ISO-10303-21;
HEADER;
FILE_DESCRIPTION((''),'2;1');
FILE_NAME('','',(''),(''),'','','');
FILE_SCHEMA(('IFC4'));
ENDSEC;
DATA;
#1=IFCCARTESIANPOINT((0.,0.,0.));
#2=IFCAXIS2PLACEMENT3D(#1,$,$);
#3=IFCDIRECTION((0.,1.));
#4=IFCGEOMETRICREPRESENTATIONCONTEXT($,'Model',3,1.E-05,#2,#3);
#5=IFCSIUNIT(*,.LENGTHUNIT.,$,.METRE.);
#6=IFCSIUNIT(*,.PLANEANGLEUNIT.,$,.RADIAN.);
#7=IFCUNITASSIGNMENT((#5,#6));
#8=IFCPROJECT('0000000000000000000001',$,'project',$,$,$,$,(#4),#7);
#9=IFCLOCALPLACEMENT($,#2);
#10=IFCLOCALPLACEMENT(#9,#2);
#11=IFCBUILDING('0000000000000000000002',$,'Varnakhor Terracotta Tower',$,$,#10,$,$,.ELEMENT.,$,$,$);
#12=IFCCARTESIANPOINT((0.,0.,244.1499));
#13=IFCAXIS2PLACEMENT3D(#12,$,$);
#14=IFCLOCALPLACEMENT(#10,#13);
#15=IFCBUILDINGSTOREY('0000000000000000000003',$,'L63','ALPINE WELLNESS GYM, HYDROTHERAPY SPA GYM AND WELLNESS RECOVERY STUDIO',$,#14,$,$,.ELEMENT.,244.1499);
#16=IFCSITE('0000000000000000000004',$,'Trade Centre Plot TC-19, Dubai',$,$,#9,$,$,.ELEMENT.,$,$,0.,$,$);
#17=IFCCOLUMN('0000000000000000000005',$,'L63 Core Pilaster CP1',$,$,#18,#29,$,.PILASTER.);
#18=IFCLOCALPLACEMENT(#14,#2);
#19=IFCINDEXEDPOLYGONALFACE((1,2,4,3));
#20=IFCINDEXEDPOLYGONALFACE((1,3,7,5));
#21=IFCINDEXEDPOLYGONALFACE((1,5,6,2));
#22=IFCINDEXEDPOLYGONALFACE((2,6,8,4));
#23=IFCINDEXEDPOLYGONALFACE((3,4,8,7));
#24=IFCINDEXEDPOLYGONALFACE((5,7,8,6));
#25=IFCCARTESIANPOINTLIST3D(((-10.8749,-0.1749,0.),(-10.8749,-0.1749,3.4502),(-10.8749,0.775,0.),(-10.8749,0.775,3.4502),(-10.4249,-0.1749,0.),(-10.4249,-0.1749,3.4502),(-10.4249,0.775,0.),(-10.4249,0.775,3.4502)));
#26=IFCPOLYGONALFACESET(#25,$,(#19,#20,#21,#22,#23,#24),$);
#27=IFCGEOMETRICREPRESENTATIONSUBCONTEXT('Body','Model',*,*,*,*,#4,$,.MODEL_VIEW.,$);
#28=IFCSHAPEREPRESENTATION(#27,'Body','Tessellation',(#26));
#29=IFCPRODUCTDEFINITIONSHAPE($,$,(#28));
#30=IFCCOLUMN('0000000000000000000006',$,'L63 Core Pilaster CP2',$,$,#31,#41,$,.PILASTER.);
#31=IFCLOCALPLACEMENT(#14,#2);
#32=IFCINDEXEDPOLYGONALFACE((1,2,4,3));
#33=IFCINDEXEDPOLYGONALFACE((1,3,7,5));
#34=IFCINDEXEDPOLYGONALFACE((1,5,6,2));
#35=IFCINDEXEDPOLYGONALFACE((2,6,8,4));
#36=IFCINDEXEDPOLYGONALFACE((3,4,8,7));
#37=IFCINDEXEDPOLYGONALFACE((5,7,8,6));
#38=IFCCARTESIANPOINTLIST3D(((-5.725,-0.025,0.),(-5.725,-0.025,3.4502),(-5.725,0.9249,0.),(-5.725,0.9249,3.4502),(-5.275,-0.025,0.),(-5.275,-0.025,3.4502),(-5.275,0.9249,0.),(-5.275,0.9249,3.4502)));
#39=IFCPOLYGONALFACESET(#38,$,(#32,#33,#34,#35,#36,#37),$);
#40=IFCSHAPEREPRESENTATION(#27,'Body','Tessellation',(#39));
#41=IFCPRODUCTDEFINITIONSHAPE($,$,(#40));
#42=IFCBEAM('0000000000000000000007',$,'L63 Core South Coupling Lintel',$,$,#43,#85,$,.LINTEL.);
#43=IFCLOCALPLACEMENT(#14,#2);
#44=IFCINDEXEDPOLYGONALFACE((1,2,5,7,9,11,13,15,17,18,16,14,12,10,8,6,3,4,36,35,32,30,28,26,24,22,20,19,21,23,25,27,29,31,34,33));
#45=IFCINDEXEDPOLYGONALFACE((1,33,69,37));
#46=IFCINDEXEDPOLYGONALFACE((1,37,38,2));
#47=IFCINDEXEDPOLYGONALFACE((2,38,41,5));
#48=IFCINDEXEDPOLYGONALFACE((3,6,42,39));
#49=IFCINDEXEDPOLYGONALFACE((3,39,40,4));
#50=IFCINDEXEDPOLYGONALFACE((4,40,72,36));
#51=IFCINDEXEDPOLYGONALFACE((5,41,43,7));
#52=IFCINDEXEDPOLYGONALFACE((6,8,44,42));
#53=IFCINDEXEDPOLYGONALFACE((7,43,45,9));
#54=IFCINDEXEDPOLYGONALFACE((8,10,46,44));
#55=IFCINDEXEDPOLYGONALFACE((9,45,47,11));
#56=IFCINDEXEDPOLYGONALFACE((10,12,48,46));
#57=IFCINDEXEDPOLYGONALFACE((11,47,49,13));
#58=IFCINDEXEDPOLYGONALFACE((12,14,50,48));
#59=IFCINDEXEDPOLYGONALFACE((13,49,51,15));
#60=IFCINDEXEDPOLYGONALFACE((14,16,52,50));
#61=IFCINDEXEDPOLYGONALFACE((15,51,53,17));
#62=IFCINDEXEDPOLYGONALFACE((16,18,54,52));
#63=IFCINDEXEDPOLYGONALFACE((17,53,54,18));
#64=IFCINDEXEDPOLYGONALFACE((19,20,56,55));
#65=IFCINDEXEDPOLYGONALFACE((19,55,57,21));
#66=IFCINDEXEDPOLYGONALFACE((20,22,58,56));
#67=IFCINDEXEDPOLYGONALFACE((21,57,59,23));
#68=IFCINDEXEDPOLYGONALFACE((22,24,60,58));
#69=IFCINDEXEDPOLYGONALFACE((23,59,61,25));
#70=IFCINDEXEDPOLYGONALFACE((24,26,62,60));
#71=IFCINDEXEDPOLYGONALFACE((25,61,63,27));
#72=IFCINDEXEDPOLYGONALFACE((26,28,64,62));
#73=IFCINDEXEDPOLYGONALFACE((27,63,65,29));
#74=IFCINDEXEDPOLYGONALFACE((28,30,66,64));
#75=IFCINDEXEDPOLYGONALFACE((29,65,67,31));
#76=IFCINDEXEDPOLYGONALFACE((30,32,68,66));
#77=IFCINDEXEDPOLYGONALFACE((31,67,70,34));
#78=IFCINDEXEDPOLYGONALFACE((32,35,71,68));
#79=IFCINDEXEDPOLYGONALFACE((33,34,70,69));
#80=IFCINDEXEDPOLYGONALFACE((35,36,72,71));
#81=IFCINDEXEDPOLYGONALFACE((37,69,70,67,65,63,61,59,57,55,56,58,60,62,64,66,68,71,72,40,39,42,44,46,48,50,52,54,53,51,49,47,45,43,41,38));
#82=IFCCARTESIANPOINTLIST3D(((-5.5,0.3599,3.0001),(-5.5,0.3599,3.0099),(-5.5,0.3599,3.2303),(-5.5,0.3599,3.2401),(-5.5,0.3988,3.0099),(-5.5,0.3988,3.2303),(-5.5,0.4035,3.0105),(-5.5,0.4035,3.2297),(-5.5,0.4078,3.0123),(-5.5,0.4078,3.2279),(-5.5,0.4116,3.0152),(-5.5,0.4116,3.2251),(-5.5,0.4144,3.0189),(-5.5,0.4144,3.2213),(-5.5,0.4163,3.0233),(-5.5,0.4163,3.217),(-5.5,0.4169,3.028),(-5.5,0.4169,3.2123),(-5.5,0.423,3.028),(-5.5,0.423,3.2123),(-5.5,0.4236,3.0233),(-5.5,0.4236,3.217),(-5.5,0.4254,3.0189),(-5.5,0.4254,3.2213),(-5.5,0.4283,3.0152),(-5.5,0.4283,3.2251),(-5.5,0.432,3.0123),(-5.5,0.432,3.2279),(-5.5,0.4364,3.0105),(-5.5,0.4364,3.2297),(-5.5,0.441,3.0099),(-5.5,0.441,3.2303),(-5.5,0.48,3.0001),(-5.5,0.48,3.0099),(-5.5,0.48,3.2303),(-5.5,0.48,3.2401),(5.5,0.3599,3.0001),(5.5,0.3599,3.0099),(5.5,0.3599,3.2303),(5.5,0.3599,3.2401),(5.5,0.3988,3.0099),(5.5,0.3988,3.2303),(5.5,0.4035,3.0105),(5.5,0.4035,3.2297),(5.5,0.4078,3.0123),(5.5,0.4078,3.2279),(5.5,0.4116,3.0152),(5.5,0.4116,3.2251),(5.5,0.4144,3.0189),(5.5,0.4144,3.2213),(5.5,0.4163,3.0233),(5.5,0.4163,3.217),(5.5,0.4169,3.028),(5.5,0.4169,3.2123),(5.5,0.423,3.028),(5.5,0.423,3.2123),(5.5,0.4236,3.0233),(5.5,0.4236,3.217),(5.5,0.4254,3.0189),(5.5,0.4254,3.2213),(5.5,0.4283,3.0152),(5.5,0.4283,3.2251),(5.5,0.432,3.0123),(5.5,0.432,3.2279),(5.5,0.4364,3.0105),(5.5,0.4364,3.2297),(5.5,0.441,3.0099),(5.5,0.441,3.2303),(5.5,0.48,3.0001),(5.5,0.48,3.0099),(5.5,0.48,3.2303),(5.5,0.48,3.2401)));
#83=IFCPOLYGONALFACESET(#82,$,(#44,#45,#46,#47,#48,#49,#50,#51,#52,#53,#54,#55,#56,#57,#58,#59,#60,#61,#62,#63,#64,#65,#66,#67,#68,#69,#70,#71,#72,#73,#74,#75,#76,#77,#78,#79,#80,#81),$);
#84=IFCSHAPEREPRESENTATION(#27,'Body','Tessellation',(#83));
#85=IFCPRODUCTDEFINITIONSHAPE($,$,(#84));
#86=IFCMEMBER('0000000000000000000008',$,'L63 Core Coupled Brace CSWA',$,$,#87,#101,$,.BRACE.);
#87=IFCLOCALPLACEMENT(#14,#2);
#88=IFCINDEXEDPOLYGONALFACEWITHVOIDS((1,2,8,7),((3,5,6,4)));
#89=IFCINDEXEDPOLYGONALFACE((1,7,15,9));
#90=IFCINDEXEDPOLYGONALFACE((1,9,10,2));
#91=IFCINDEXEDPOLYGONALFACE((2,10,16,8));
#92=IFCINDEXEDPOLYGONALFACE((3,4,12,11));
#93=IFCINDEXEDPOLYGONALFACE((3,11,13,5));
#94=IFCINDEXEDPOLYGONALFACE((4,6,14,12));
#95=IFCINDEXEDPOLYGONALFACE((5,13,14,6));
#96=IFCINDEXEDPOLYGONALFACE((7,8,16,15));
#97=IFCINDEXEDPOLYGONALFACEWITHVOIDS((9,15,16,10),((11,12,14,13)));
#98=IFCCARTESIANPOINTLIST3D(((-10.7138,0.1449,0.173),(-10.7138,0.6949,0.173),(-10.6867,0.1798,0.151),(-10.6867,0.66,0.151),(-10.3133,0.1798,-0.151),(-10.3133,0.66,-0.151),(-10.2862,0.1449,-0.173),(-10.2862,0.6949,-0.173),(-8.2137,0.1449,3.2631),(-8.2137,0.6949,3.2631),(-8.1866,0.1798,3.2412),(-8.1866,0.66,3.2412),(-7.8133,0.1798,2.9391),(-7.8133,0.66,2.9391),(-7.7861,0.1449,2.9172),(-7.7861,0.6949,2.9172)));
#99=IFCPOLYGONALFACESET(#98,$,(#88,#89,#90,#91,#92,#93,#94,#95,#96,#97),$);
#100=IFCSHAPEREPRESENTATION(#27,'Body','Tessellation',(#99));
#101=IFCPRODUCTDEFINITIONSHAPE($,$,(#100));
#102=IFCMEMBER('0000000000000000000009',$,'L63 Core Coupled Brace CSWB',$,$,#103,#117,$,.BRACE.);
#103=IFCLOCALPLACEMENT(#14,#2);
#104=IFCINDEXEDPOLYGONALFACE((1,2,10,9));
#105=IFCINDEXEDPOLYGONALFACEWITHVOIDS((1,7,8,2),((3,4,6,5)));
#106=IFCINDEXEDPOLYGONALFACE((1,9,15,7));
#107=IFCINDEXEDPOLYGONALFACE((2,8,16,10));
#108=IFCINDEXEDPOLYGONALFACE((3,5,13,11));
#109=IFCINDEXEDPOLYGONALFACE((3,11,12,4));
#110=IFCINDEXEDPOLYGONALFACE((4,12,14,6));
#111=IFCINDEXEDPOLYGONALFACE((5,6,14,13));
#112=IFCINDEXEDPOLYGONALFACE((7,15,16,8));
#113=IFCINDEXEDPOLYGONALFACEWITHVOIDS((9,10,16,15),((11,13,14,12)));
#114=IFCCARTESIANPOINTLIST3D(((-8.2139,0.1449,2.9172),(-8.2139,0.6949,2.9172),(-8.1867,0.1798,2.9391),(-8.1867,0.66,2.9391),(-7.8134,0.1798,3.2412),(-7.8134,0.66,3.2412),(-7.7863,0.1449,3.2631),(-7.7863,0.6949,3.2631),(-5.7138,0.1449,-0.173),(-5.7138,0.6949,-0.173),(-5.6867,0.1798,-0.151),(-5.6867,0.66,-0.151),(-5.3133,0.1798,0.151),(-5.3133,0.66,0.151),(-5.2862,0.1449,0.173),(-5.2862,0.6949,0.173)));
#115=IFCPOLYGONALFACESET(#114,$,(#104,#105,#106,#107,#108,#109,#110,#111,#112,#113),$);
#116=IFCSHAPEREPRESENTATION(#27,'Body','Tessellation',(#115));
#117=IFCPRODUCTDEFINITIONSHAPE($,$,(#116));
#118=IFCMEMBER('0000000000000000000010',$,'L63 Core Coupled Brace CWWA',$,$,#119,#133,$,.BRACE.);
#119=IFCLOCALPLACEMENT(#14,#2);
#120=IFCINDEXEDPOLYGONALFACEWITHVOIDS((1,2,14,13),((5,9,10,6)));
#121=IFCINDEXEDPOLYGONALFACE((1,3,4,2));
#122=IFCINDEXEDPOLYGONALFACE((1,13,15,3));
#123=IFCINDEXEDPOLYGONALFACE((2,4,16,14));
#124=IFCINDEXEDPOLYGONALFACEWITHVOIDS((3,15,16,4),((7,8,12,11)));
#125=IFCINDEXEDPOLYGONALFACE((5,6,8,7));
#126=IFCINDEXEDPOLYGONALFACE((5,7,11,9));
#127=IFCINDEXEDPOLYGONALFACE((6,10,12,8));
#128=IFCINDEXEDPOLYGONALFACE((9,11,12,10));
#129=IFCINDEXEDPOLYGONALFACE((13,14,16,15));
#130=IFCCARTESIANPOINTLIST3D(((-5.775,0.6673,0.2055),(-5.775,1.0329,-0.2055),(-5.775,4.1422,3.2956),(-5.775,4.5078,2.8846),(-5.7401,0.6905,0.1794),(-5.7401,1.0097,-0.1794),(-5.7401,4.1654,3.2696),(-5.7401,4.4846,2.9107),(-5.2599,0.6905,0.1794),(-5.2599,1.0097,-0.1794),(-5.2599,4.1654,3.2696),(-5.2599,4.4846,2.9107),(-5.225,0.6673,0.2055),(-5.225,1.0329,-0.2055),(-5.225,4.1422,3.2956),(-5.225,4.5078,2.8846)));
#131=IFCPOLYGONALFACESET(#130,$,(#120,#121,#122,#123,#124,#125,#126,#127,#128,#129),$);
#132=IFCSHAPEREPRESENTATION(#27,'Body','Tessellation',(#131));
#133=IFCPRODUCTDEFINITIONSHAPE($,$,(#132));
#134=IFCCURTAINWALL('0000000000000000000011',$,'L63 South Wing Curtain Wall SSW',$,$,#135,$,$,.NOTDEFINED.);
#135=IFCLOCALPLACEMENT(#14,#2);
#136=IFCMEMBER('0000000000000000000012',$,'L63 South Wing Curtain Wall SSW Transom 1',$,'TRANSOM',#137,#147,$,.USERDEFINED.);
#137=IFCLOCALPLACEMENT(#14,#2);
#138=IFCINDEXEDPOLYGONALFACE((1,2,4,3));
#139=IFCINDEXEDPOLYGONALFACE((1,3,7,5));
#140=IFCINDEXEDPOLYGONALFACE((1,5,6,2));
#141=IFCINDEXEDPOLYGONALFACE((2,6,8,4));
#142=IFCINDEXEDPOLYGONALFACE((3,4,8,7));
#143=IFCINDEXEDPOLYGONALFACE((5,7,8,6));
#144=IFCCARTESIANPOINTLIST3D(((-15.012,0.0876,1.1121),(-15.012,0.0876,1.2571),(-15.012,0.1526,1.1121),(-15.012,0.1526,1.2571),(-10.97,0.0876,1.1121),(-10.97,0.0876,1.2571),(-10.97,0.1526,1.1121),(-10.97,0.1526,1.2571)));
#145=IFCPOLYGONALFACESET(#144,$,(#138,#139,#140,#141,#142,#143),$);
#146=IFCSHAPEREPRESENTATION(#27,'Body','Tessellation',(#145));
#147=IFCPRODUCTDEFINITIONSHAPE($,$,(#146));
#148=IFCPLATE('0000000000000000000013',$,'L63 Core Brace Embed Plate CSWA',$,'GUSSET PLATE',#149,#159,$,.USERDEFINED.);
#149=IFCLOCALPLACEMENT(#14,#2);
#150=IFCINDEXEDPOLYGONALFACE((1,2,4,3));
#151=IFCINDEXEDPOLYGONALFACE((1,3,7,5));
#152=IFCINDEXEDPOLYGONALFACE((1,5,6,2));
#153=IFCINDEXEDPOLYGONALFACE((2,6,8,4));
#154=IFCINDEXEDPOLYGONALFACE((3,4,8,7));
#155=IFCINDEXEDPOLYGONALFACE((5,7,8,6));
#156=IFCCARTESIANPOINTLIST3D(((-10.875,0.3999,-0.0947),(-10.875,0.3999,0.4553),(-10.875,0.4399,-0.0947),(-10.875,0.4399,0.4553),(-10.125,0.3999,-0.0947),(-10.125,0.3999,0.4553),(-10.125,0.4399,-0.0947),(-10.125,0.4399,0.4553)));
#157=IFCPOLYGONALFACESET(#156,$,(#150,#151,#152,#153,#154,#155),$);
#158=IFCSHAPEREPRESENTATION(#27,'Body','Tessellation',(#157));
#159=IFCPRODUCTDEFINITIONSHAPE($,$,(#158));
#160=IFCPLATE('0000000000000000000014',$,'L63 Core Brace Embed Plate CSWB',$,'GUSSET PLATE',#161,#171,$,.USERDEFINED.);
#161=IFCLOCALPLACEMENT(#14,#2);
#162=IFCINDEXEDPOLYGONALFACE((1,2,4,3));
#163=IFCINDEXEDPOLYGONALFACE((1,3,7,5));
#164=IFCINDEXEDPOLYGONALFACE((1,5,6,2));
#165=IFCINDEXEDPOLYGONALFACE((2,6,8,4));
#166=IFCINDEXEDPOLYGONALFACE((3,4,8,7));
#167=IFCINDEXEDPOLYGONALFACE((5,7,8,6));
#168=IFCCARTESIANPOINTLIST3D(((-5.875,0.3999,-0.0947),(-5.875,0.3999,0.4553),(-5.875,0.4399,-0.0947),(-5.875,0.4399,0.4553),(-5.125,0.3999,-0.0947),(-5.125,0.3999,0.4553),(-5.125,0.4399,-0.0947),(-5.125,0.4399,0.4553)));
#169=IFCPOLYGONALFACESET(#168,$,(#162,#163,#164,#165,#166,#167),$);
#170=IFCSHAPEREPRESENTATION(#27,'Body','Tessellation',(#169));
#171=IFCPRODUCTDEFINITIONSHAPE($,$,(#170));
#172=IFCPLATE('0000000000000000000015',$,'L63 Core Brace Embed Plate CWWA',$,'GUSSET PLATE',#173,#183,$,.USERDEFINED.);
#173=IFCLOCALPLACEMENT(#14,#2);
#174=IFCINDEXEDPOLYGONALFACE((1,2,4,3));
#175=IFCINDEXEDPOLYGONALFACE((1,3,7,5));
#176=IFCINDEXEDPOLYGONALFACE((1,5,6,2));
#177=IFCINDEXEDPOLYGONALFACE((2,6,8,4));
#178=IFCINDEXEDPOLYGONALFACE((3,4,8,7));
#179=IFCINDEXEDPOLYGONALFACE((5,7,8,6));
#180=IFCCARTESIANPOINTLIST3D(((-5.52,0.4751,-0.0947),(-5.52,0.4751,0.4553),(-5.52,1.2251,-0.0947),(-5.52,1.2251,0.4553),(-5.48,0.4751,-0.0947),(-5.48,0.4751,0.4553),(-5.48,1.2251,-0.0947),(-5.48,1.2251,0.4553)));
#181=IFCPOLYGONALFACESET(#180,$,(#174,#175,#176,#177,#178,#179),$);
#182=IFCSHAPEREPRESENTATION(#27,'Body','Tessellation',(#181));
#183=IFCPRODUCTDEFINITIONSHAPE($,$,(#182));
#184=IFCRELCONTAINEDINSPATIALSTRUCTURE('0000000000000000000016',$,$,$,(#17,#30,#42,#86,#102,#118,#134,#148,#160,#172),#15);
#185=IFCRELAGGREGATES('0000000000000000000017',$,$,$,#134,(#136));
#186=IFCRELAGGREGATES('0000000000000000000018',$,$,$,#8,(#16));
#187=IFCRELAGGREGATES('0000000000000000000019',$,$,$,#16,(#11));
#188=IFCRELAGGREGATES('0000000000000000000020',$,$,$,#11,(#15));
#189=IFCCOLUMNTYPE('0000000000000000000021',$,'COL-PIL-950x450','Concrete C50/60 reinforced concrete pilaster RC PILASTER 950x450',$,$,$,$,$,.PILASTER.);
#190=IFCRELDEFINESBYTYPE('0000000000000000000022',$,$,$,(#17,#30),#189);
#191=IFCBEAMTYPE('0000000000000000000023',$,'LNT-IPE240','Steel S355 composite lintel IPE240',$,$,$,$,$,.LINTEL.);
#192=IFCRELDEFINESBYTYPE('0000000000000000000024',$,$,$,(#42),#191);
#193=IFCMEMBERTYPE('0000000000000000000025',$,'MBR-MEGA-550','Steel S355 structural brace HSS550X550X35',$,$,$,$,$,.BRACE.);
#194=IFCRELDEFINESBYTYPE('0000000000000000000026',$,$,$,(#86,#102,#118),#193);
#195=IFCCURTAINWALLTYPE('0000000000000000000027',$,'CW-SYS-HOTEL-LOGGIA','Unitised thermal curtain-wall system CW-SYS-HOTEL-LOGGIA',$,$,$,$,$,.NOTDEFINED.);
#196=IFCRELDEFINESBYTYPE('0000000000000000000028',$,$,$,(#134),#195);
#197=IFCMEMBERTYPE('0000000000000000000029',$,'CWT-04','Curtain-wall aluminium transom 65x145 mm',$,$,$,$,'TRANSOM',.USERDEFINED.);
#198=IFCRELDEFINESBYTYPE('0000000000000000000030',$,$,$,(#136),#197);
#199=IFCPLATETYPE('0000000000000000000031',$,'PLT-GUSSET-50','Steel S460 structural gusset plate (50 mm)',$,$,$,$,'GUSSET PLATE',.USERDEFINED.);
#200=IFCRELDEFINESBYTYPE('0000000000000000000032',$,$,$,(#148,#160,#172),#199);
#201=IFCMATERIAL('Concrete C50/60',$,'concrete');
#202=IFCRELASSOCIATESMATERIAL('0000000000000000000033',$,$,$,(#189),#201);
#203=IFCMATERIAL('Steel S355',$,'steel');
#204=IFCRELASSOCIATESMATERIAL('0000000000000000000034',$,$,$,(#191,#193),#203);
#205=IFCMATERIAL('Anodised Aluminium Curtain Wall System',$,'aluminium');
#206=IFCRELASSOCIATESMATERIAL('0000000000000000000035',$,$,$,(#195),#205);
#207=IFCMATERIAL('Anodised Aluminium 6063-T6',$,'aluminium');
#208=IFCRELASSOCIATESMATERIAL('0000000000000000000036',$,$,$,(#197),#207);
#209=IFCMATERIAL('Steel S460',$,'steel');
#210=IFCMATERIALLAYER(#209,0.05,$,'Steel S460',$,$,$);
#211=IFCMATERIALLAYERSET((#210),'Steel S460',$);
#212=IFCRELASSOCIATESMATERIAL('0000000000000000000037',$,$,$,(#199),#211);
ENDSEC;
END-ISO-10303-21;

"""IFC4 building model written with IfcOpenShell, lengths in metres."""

from ifc_helpers import new_model, si_unit, direction, frame, origin, origin_2d, place, context, subcontext, project, spatial, rectangle, hollow_rectangle, i_section, extrude, source, transform, mapped, material, layer, layer_set, material_profile, profile_set, type_object, type_shapes, element, aggregate, save


model = new_model("IFC4")

# Units and contexts
model_context = context("Model", 3, precision=1e-05, world=origin(), true_north=direction((0.0, 1.0)))
body_context = subcontext(model_context, "Body", "Model", "MODEL_VIEW")
ifc_project = project(units=[si_unit("LENGTHUNIT", "METRE"), si_unit("PLANEANGLEUNIT", "RADIAN")], contexts=[model_context])

# Site, building, storey
site_placement = place(None, origin())
site = spatial("IfcSite", under=ifc_project, at=site_placement, Name="Trade Centre Plot TC-19, Dubai", CompositionType="ELEMENT", RefElevation=0.0)
building_placement = place(site_placement, origin())
building = spatial("IfcBuilding", under=site, at=building_placement, Name="Varnakhor Terracotta Tower", CompositionType="ELEMENT")
storey_placement = place(building_placement, frame((0.0, 0.0, 244.1499)))
storey = spatial("IfcBuildingStorey", under=building, at=storey_placement, Name="L63", Description="ALPINE WELLNESS GYM, HYDROTHERAPY SPA GYM AND WELLNESS RECOVERY STUDIO", CompositionType="ELEMENT", Elevation=244.1499)

# Columns
ifc_material_1 = material(Name="Concrete C50/60", Category="concrete")
ifc_material_profile_1 = material_profile(ifc_material_1, rectangle(XDim=0.45, YDim=0.95, at=origin_2d()), Name="RC PILASTER 950x450")
ifc_profile_set_1 = profile_set([ifc_material_profile_1], Name="Concrete C50/60")
column_type = type_object("IfcColumnType", Name="COL-PIL-950x450", Description="Concrete C50/60 reinforced concrete pilaster RC PILASTER 950x450", PredefinedType="PILASTER", material=ifc_profile_set_1)
shared_shape_1 = source(origin(), body_context, "Body", "SweptSolid", [
    extrude(rectangle(XDim=0.45, YDim=0.95, at=origin_2d()), origin(), (0.0, 0.0, 1.0), 3.4502),
])
for number, where, z_axis, x_axis, name in (
    (1, (-10.6499, 0.3, 0.0), (0.0, 0.0, 1.0), (1.0, 0.0, 0.0), "L63 Core Pilaster CP1"),
    (2, (-5.5, 0.45, 0.0), (0.0, 0.0, 1.0), (1.0, 0.0, 0.0), "L63 Core Pilaster CP2"),
):
    element("IfcColumn", number, at=place(storey_placement, frame(where, z_axis=z_axis, x_axis=x_axis)), inside=storey, type_object=column_type, Name=name, PredefinedType="PILASTER", context=body_context, shape_type="MappedRepresentation", body=[
        mapped(shared_shape_1, transform((0.0, 0.0, 0.0), scale=1.0)),
    ])

# Beam
ifc_material_2 = material(Name="Steel S355", Category="steel")
ifc_material_profile_2 = material_profile(ifc_material_2, i_section(OverallWidth=0.1201, OverallDepth=0.24, WebThickness=0.0061, FlangeThickness=0.0098, FilletRadius=0.0181, at=origin_2d()), Name="IPE240")
ifc_profile_set_2 = profile_set([ifc_material_profile_2], Name="Steel S355")
beam_type = type_object("IfcBeamType", Name="LNT-IPE240", Description="Steel S355 composite lintel IPE240", PredefinedType="LINTEL", material=ifc_profile_set_2)
shared_shape_2 = source(origin(), body_context, "Body", "SweptSolid", [
    extrude(i_section(OverallWidth=0.1201, OverallDepth=0.24, WebThickness=0.0061, FlangeThickness=0.0098, FilletRadius=0.0181, at=origin_2d()), origin(), (0.0, 0.0, 1.0), 11.0),
])
type_shapes(beam_type, [shared_shape_2])
beam_placement = place(storey_placement, frame((-5.5, 0.4199, 3.1201), z_axis=(1.0, 0.0, 0.0), x_axis=(0.0, 1.0, 0.0)))
element("IfcBeam", 3, at=beam_placement, inside=storey, type_object=beam_type, Name="L63 Core South Coupling Lintel", PredefinedType="LINTEL", context=body_context, shape_type="MappedRepresentation", body=[
    mapped(shared_shape_2, transform((0.0, 0.0, 0.0), scale=1.0)),
])

# Members
ifc_material_profile_3 = material_profile(ifc_material_2, hollow_rectangle(XDim=0.55, YDim=0.55, WallThickness=0.0349, at=origin_2d()), Name="HSS550X550X35")
ifc_profile_set_3 = profile_set([ifc_material_profile_3], Name="Steel S355")
member_type_1 = type_object("IfcMemberType", Name="MBR-MEGA-550", Description="Steel S355 structural brace HSS550X550X35", PredefinedType="BRACE", material=ifc_profile_set_3)
shared_shape_3 = source(origin(), body_context, "Body", "SweptSolid", [
    extrude(hollow_rectangle(XDim=0.55, YDim=0.55, WallThickness=0.0349, at=origin_2d()), origin(), (0.0, 0.0, 1.0), 3.9749),
])
for number, where, z_axis, x_axis, name in (
    (4, (-10.5, 0.4199, 0.0), (0.62897, 0.0, 0.777429), (0.0, 1.0, 0.0), "L63 Core Coupled Brace CSWA"),
    (5, (-5.5, 0.4199, 0.0), (-0.62897, 0.0, 0.777429), (0.0, -1.0, 0.0), "L63 Core Coupled Brace CSWB"),
):
    element("IfcMember", number, at=place(storey_placement, frame(where, z_axis=z_axis, x_axis=x_axis)), inside=storey, type_object=member_type_1, Name=name, PredefinedType="BRACE", context=body_context, shape_type="MappedRepresentation", body=[
        mapped(shared_shape_3, transform((0.0, 0.0, 0.0), scale=1.0)),
    ])
shared_shape_4 = source(origin(), body_context, "Body", "SweptSolid", [
    extrude(hollow_rectangle(XDim=0.55, YDim=0.55, WallThickness=0.0349, at=origin_2d()), origin(), (0.0, 0.0, 1.0), 4.6501),
])
member_1_placement = place(storey_placement, frame((-5.5, 0.8501, 0.0), z_axis=(0.0, 0.747267, 0.664524), x_axis=(-1.0, 0.0, 0.0)))
element("IfcMember", 6, at=member_1_placement, inside=storey, type_object=member_type_1, Name="L63 Core Coupled Brace CWWA", PredefinedType="BRACE", context=body_context, shape_type="MappedRepresentation", body=[
    mapped(shared_shape_4, transform((0.0, 0.0, 0.0), scale=1.0)),
])

# Curtain wall, member
ifc_material_3 = material(Name="Anodised Aluminium Curtain Wall System", Category="aluminium")
curtain_wall_type = type_object("IfcCurtainWallType", Name="CW-SYS-HOTEL-LOGGIA", Description="Unitised thermal curtain-wall system CW-SYS-HOTEL-LOGGIA", PredefinedType="NOTDEFINED", material=ifc_material_3)
curtain_wall_placement = place(storey_placement, origin())
curtain_wall = element("IfcCurtainWall", 7, at=curtain_wall_placement, inside=storey, type_object=curtain_wall_type, Name="L63 South Wing Curtain Wall SSW", PredefinedType="NOTDEFINED")
ifc_material_4 = material(Name="Anodised Aluminium 6063-T6", Category="aluminium")
ifc_material_profile_4 = material_profile(ifc_material_4, rectangle(XDim=0.0649, YDim=0.145, at=origin_2d()), Name="ALU TRANSOM 65x145")
ifc_profile_set_4 = profile_set([ifc_material_profile_4], Name="Anodised Aluminium 6063-T6")
member_type_2 = type_object("IfcMemberType", Name="CWT-04", Description="Curtain-wall aluminium transom 65x145 mm", ElementType="TRANSOM", PredefinedType="USERDEFINED", material=ifc_profile_set_4)
shared_shape_5 = source(origin(), body_context, "Body", "SweptSolid", [
    extrude(rectangle(XDim=0.0649, YDim=0.145, at=origin_2d()), origin(), (0.0, 0.0, 1.0), 4.042),
])
member_2_placement = place(storey_placement, frame((-10.97, 0.1201, 1.1846), z_axis=(-1.0, 0.0, 0.0), x_axis=(0.0, -1.0, 0.0)))
member_2 = element("IfcMember", 8, at=member_2_placement, type_object=member_type_2, Name="L63 South Wing Curtain Wall SSW Transom 1", ObjectType="TRANSOM", PredefinedType="USERDEFINED", context=body_context, shape_type="MappedRepresentation", body=[
    mapped(shared_shape_5, transform((0.0, 0.0, 0.0), scale=1.0)),
])
aggregate(curtain_wall, [member_2])

# Plates
ifc_material_5 = material(Name="Steel S460", Category="steel")
ifc_layer_1 = layer(ifc_material_5, 0.05, Name="Steel S460")
ifc_layer_set_1 = layer_set([ifc_layer_1], Name="Steel S460")
plate_type = type_object("IfcPlateType", Name="PLT-GUSSET-50", Description="Steel S460 structural gusset plate (50 mm)", ElementType="GUSSET PLATE", PredefinedType="USERDEFINED", material=ifc_layer_set_1)
shared_shape_6 = source(origin(), body_context, "Body", "SweptSolid", [
    extrude(rectangle(XDim=0.75, YDim=0.04, at=origin_2d()), origin(), (0.0, 0.0, 1.0), 0.55),
])
type_shapes(plate_type, [shared_shape_6])
for number, where, z_axis, x_axis, name in (
    (9, (-10.5, 0.4199, -0.0947), (0.0, 0.0, 1.0), (1.0, 0.0, 0.0), "L63 Core Brace Embed Plate CSWA"),
    (10, (-5.5, 0.4199, -0.0947), (0.0, 0.0, 1.0), (1.0, 0.0, 0.0), "L63 Core Brace Embed Plate CSWB"),
    (11, (-5.5, 0.8501, -0.0947), (0.0, 0.0, 1.0), (0.0, 1.0, 0.0), "L63 Core Brace Embed Plate CWWA"),
):
    element("IfcPlate", number, at=place(storey_placement, frame(where, z_axis=z_axis, x_axis=x_axis)), inside=storey, type_object=plate_type, Name=name, ObjectType="GUSSET PLATE", PredefinedType="USERDEFINED", context=body_context, shape_type="MappedRepresentation", body=[
        mapped(shared_shape_6, transform((0.0, 0.0, 0.0), scale=1.0)),
    ])

save(model, "model.ifc")
